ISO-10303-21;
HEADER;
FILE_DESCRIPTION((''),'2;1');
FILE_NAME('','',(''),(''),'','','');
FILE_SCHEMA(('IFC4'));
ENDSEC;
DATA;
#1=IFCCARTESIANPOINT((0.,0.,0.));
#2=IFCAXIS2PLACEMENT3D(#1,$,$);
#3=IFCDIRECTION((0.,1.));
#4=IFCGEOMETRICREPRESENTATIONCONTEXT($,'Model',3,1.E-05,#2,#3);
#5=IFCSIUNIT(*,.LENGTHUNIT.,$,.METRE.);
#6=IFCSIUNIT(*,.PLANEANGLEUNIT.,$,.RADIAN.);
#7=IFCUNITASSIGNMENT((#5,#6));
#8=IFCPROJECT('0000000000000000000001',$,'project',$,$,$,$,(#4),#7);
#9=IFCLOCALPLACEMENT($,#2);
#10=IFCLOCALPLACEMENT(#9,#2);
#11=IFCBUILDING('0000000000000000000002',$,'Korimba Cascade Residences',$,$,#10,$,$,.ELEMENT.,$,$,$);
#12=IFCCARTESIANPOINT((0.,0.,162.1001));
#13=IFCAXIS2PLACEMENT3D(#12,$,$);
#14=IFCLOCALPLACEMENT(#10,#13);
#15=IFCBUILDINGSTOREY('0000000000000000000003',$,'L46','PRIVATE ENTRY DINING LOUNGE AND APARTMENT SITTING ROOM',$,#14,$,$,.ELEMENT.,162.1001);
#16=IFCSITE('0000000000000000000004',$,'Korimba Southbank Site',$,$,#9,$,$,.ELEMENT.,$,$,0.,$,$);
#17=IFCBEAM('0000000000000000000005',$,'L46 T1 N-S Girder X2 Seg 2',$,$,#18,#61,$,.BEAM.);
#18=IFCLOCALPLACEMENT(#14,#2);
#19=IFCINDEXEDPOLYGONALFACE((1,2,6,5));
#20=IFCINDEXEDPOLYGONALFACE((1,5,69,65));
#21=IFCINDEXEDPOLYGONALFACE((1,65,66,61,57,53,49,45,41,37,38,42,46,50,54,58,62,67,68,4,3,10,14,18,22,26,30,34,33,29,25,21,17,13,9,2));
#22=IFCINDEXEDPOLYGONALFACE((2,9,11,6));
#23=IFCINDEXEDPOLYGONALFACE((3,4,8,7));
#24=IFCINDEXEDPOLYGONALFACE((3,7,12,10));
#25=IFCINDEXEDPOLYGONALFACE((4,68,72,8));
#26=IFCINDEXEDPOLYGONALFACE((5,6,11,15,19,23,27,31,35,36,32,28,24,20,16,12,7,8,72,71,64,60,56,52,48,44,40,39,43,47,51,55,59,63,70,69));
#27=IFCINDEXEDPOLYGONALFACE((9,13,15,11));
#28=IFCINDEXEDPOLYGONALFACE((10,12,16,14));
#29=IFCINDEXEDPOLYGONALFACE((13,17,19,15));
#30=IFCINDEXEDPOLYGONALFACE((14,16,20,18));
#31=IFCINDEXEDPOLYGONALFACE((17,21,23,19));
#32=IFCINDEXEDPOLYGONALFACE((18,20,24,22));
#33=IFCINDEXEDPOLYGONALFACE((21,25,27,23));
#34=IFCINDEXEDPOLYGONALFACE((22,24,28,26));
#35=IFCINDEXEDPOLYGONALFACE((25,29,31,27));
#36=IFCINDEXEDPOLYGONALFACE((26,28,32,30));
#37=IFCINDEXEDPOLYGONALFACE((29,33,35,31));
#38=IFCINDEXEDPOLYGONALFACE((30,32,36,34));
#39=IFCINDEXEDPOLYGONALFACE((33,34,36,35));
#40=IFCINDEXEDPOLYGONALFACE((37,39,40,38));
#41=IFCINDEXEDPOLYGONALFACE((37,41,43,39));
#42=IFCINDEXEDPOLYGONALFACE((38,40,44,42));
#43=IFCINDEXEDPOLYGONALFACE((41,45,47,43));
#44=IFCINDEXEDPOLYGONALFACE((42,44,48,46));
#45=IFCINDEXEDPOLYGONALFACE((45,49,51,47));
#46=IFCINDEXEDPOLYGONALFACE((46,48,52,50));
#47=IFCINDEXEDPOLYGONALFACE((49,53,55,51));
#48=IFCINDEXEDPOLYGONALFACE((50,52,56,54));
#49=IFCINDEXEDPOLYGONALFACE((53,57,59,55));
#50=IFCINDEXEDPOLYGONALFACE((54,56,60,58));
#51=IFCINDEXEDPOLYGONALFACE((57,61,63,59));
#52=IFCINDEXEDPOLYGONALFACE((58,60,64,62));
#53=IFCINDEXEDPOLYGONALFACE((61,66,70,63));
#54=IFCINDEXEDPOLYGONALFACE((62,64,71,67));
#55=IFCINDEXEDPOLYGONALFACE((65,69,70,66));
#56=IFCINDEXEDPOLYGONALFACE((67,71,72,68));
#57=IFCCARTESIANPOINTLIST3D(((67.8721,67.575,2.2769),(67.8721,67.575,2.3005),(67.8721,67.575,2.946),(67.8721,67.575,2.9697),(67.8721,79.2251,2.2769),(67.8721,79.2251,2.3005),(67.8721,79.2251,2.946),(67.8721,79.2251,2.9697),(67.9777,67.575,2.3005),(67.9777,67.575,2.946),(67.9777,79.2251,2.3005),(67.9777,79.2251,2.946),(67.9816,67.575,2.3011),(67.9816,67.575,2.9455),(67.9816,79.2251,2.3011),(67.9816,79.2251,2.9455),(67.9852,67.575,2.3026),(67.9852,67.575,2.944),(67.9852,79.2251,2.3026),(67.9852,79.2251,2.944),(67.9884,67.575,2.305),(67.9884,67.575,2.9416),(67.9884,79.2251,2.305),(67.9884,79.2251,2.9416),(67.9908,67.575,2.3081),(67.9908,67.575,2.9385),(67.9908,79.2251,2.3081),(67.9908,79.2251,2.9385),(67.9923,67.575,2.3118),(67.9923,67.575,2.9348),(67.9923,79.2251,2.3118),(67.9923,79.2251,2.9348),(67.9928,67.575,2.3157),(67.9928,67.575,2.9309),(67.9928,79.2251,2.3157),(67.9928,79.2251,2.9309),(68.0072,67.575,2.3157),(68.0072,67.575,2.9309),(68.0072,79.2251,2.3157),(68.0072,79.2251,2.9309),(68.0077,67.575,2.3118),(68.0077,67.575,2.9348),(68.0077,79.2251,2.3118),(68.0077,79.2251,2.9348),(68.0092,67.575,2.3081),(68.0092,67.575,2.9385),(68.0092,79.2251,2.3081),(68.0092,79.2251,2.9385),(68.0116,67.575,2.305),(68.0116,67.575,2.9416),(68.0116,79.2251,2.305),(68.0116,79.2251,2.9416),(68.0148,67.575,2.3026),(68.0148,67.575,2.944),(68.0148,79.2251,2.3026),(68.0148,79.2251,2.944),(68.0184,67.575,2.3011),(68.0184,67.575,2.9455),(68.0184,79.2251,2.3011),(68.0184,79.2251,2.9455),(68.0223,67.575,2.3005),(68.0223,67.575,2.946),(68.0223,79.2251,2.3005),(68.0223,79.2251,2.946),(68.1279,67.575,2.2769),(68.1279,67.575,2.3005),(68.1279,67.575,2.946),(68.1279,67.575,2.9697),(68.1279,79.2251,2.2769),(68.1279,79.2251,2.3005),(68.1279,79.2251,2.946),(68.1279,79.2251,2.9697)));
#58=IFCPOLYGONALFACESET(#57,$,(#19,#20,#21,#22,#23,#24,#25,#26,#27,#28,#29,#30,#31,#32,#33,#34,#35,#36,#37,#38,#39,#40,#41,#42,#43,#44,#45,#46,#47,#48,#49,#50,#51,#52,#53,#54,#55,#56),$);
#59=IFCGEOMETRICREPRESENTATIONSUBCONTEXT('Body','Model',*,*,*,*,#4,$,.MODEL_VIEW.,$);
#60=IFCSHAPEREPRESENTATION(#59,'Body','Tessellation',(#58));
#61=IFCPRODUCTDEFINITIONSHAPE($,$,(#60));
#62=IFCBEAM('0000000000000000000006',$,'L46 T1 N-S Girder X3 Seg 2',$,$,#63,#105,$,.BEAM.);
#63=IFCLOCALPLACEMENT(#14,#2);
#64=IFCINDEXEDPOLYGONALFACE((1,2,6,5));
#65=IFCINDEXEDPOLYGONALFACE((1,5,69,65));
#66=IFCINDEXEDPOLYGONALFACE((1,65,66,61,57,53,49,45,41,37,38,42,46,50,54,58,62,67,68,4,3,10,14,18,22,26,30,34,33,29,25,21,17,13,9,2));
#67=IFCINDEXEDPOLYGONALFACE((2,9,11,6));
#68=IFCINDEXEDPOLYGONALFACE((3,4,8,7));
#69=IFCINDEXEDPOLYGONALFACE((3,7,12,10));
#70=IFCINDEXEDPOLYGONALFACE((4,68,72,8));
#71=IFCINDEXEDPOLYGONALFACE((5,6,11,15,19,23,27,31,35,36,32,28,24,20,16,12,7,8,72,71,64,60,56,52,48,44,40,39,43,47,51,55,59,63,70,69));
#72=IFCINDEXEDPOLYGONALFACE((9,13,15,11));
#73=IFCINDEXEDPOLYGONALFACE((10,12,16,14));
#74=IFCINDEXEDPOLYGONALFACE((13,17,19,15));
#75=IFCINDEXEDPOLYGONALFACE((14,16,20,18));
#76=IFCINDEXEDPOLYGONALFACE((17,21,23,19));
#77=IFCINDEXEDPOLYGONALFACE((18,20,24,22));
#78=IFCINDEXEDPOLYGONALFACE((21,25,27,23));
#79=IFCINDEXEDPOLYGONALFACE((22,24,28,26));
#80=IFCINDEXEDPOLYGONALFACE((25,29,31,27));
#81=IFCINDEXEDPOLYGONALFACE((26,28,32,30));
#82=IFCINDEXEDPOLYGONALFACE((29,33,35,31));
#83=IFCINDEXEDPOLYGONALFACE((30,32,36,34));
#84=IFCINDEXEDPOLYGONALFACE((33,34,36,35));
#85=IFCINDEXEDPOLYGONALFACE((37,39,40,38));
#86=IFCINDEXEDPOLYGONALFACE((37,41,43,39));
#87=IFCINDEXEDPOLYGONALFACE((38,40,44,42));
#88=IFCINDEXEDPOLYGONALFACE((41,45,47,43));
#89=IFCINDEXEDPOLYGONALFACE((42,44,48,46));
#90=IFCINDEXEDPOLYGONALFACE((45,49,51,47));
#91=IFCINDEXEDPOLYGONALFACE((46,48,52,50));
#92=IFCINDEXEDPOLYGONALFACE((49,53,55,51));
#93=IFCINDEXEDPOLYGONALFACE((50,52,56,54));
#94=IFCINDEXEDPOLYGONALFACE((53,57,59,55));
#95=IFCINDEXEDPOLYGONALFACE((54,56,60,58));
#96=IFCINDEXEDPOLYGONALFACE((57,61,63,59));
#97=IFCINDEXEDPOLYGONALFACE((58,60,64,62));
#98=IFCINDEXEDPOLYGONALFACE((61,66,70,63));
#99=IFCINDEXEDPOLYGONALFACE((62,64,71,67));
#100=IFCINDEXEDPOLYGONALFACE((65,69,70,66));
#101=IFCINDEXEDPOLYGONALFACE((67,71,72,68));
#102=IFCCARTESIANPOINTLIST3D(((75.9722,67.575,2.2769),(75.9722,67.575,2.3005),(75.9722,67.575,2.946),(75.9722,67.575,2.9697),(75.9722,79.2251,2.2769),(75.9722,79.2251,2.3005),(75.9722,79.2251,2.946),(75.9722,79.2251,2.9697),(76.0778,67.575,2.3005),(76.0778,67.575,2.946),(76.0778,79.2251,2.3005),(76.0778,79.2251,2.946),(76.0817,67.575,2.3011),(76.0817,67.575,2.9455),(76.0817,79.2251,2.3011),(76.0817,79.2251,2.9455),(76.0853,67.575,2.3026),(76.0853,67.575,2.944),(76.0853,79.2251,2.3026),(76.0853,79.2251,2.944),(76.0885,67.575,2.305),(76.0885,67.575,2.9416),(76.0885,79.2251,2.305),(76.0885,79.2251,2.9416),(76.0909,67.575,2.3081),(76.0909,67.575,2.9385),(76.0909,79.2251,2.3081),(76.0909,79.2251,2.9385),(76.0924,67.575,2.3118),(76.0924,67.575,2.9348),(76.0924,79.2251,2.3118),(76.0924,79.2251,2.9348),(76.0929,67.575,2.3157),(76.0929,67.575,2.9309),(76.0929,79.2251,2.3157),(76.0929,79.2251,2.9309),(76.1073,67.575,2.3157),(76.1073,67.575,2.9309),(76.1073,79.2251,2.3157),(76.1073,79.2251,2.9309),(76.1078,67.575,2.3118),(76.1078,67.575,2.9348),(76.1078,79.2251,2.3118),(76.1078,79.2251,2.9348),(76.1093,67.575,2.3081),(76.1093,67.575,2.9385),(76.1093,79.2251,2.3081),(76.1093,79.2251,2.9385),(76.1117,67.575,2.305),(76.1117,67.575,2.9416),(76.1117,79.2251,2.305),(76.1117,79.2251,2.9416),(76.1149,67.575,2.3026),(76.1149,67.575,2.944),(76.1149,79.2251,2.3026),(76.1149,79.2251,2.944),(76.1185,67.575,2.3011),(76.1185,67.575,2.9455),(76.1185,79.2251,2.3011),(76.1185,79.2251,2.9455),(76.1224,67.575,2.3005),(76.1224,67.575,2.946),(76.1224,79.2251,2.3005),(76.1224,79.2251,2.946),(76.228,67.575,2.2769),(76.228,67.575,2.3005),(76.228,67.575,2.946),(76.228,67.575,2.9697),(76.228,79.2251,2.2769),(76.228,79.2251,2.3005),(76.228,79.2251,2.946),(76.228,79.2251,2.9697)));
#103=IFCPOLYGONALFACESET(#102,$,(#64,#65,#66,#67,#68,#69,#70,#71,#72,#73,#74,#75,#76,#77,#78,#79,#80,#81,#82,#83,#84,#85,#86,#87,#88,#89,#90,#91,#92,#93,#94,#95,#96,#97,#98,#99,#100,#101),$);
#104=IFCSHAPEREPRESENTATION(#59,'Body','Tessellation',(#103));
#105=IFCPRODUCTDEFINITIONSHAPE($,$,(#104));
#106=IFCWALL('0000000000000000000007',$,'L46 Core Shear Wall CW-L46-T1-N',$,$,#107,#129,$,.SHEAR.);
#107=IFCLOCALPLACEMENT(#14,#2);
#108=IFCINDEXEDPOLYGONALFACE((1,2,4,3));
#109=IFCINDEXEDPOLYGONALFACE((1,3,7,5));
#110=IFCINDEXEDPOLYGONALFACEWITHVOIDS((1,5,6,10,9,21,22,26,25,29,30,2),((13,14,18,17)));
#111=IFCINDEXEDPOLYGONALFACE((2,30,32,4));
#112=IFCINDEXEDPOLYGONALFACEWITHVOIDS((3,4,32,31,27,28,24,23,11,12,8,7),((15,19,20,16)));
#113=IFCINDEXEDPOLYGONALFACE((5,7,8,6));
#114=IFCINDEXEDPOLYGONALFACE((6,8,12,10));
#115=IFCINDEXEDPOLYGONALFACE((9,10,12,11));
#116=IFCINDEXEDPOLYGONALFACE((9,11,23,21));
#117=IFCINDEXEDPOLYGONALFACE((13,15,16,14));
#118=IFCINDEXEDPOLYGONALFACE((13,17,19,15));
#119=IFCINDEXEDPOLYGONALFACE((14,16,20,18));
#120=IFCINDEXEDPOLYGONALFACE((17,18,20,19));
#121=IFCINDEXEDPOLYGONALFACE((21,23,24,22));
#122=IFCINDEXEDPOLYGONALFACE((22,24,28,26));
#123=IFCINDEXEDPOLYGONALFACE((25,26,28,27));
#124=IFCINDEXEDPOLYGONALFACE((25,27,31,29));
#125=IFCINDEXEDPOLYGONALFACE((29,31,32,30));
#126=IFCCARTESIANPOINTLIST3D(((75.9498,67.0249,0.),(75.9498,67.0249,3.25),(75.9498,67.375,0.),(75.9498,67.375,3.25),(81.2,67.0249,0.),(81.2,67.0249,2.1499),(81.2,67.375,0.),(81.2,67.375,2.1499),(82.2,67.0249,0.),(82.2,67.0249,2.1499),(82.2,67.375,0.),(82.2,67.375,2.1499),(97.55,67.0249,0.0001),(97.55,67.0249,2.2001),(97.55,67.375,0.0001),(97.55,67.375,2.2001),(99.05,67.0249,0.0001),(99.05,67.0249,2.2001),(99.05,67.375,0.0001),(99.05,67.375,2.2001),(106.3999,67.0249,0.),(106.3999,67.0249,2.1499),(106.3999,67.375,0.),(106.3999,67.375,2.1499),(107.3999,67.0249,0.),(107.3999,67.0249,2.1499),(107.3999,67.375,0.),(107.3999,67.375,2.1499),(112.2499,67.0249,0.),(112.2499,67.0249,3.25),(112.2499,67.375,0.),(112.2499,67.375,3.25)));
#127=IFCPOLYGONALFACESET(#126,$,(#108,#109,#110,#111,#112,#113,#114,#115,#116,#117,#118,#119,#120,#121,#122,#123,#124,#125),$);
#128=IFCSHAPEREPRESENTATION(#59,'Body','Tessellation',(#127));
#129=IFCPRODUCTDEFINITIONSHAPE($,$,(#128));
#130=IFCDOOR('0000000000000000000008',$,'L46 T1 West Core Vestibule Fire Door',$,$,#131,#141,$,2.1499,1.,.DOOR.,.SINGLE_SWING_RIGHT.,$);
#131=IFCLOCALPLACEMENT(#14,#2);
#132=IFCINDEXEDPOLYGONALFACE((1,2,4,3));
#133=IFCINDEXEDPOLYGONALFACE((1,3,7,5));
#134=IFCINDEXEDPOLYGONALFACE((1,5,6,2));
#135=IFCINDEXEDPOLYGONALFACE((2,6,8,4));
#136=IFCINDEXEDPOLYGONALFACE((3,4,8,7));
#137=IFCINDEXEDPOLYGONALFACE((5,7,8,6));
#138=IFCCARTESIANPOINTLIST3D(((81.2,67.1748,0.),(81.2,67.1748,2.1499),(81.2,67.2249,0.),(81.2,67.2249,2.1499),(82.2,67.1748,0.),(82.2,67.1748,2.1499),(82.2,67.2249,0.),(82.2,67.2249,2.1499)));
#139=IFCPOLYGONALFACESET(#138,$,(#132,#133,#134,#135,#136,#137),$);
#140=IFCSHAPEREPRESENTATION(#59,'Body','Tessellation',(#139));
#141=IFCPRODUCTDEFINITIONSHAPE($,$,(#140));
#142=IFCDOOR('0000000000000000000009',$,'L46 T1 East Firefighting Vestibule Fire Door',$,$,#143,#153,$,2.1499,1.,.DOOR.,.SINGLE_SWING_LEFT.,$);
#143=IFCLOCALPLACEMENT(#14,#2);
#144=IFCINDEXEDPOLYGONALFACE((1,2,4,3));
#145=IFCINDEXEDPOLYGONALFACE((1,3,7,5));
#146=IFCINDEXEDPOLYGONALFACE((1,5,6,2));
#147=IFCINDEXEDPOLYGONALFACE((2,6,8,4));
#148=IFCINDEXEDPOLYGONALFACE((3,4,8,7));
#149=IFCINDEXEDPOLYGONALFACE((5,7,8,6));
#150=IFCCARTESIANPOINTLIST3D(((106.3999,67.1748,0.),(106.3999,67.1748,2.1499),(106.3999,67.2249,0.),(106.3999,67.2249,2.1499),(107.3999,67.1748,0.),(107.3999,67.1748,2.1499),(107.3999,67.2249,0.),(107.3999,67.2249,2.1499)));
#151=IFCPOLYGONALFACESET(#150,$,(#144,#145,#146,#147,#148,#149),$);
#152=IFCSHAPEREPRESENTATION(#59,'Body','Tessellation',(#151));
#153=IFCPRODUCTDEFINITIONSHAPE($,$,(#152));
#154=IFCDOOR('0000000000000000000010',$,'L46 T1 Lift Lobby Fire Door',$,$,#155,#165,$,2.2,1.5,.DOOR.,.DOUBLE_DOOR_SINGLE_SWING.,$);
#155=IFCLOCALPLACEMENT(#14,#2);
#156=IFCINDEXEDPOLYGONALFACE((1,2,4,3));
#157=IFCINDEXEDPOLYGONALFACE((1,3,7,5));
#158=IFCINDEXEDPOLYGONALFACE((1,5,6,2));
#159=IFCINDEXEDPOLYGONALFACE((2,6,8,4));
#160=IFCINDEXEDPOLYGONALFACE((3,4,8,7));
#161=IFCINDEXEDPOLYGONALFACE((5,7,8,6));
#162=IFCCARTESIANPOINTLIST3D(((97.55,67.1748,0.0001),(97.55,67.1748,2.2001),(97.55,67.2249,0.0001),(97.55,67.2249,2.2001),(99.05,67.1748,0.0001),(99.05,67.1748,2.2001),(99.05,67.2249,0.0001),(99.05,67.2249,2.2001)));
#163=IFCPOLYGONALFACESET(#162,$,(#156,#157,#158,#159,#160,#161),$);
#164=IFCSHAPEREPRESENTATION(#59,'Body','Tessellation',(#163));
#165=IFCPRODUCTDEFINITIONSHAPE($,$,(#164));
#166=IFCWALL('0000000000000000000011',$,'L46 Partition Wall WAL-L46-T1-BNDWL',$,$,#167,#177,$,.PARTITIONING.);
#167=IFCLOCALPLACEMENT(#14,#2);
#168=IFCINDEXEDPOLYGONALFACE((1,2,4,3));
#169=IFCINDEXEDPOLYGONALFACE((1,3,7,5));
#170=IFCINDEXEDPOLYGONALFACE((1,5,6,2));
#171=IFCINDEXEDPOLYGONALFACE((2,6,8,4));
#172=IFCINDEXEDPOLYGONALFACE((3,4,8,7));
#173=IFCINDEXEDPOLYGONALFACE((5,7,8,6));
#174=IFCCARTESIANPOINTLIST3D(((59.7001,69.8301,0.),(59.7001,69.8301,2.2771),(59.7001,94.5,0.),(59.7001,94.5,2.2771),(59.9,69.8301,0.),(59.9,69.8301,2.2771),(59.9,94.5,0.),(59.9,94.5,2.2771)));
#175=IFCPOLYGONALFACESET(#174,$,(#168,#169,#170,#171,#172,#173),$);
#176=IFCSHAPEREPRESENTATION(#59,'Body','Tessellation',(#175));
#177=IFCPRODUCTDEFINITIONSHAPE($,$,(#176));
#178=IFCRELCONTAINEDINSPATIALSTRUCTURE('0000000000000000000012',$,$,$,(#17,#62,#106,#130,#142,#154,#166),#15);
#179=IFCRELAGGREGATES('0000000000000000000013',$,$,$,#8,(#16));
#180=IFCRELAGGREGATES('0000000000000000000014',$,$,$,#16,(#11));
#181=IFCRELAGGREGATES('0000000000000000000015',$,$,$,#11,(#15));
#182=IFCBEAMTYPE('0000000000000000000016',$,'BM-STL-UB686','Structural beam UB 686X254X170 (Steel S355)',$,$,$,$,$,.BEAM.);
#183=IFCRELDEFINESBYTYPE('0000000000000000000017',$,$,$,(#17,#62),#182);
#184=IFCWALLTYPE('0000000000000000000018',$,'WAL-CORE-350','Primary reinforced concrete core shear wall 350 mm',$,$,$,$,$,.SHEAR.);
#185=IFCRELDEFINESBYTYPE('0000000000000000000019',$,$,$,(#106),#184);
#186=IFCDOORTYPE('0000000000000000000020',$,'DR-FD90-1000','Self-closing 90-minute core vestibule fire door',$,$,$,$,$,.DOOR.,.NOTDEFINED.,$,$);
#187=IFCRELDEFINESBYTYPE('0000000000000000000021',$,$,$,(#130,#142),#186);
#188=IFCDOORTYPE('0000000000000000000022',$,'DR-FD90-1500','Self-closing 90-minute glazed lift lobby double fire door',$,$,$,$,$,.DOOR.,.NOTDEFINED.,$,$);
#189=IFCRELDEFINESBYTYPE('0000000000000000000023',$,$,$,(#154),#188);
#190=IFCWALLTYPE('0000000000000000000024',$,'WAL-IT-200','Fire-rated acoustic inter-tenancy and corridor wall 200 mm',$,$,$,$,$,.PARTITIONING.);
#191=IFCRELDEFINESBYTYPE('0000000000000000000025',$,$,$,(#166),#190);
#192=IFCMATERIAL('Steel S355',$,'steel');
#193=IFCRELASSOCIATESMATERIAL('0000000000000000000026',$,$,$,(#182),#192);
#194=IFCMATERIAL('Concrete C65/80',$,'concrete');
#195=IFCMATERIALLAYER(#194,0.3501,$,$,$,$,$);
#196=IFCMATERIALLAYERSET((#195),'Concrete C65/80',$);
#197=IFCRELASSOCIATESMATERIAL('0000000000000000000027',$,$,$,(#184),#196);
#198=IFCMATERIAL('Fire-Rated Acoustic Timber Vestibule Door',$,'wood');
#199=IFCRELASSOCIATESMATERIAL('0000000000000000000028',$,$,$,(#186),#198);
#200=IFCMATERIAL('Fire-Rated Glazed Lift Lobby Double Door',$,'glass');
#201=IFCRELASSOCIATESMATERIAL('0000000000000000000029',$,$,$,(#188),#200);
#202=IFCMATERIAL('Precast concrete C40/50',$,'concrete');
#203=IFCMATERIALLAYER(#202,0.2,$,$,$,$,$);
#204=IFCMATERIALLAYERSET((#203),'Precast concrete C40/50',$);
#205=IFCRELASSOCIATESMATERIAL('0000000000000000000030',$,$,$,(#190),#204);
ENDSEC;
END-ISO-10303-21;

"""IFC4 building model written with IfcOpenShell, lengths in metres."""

from ifc_helpers import new_model, si_unit, direction, frame, frame_2d, origin, origin_2d, place, context, subcontext, project, spatial, rectangle, i_section, extrude, material, layer, layer_set, material_profile, profile_set, type_object, element, fill, save


model = new_model("IFC4")

# Units and contexts
model_context = context("Model", 3, precision=1e-05, world=origin(), true_north=direction((0.0, 1.0)))
body_context = subcontext(model_context, "Body", "Model", "MODEL_VIEW")
ifc_project = project(units=[si_unit("LENGTHUNIT", "METRE"), si_unit("PLANEANGLEUNIT", "RADIAN")], contexts=[model_context])

# Site, building, storey
site_placement = place(None, origin())
site = spatial("IfcSite", under=ifc_project, at=site_placement, Name="Korimba Southbank Site", CompositionType="ELEMENT", RefElevation=0.0)
building_placement = place(site_placement, origin())
building = spatial("IfcBuilding", under=site, at=building_placement, Name="Korimba Cascade Residences", CompositionType="ELEMENT")
storey_placement = place(building_placement, frame((0.0, 0.0, 162.1001)))
storey = spatial("IfcBuildingStorey", under=building, at=storey_placement, Name="L46", Description="PRIVATE ENTRY DINING LOUNGE AND APARTMENT SITTING ROOM", CompositionType="ELEMENT", Elevation=162.1001)

# Shared definitions
ifc_material_1 = material(Name="Concrete C65/80", Category="concrete")

# Beams
ifc_material_2 = material(Name="Steel S355", Category="steel")
ifc_material_profile_1 = material_profile(ifc_material_2, i_section(OverallWidth=0.2559, OverallDepth=0.6929, WebThickness=0.0144, FlangeThickness=0.0237, FilletRadius=0.0151, at=origin_2d()), Name="Steel S355")
ifc_profile_set_1 = profile_set([ifc_material_profile_1], Name="Steel S355")
beam_type_1 = type_object("IfcBeamType", Name="BM-STL-UB686", Description="Structural beam UB 686X254X170 (Steel S355)", PredefinedType="BEAM", material=ifc_profile_set_1)
for number, where, z_axis, x_axis, name in (
    (1, (68.0, 67.575, 2.6233), (0.0, 1.0, 0.0), (-1.0, 0.0, 0.0), "L46 T1 N-S Girder X2 Seg 2"),
    (2, (76.1001, 67.575, 2.6233), (0.0, 1.0, 0.0), (-1.0, 0.0, 0.0), "L46 T1 N-S Girder X3 Seg 2"),
):
    element("IfcBeam", number, at=place(storey_placement, frame(where, z_axis=z_axis, x_axis=x_axis)), inside=storey, type_object=beam_type_1, Name=name, PredefinedType="BEAM", context=body_context, shape_type="SweptSolid", body=[
        extrude(i_section(OverallWidth=0.2559, OverallDepth=0.6929, WebThickness=0.0144, FlangeThickness=0.0237, FilletRadius=0.0151, at=origin_2d()), origin(), (0.0, 0.0, 1.0), 11.6501),
    ])

# Wall, openings, doors
ifc_layer_1 = layer(ifc_material_1, 0.3501)
ifc_layer_set_1 = layer_set([ifc_layer_1], Name="Concrete C65/80")
wall_type_1 = type_object("IfcWallType", Name="WAL-CORE-350", Description="Primary reinforced concrete core shear wall 350 mm", PredefinedType="SHEAR", material=ifc_layer_set_1)
wall_1_placement = place(storey_placement, frame((75.95, 67.2, 0.0), z_axis=(0.0, 0.0, 1.0), x_axis=(1.0, 0.0, 0.0)))
wall_1 = element("IfcWall", 3, at=wall_1_placement, inside=storey, type_object=wall_type_1, Name="L46 Core Shear Wall CW-L46-T1-N", PredefinedType="SHEAR", context=body_context, shape_type="SweptSolid", body=[
    extrude(rectangle(XDim=36.3, YDim=0.3501, at=frame_2d((18.1499, 0.0))), origin(), (0.0, 0.0, 1.0), 3.25),
])
opening_1_placement = place(wall_1_placement, frame((5.25, 0.0, 0.0)))
opening_1 = element("IfcOpeningElement", 4, at=opening_1_placement, cuts=wall_1, PredefinedType="OPENING", context=body_context, shape_type="SweptSolid", body=[
    extrude(rectangle(XDim=1.0, YDim=2.1499, at=frame_2d((0.5, 1.075))), frame((0.0, 0.1851, 0.0), z_axis=(0.0, -1.0, 0.0), x_axis=(1.0, 0.0, 0.0)), (0.0, 0.0, 1.0), 0.3701),
])
opening_2_placement = place(wall_1_placement, frame((21.6001, 0.0, 0.0)))
opening_2 = element("IfcOpeningElement", 5, at=opening_2_placement, cuts=wall_1, PredefinedType="OPENING", context=body_context, shape_type="SweptSolid", body=[
    extrude(rectangle(XDim=1.5, YDim=2.2, at=frame_2d((0.75, 1.1001))), frame((0.0, 0.1851, 0.0), z_axis=(0.0, -1.0, 0.0), x_axis=(1.0, 0.0, 0.0)), (0.0, 0.0, 1.0), 0.3701),
])
opening_3_placement = place(wall_1_placement, frame((30.45, 0.0, 0.0)))
opening_3 = element("IfcOpeningElement", 6, at=opening_3_placement, cuts=wall_1, PredefinedType="OPENING", context=body_context, shape_type="SweptSolid", body=[
    extrude(rectangle(XDim=1.0, YDim=2.1499, at=frame_2d((0.5, 1.075))), frame((0.0, 0.1851, 0.0), z_axis=(0.0, -1.0, 0.0), x_axis=(1.0, 0.0, 0.0)), (0.0, 0.0, 1.0), 0.3701),
])
ifc_material_3 = material(Name="Fire-Rated Acoustic Timber Vestibule Door", Category="wood")
door_type_1 = type_object("IfcDoorType", Name="DR-FD90-1000", Description="Self-closing 90-minute core vestibule fire door", OperationType="NOTDEFINED", PredefinedType="DOOR", material=ifc_material_3)
door_1_placement = place(opening_1_placement, origin())
door_1 = element("IfcDoor", 7, at=door_1_placement, inside=storey, type_object=door_type_1, Name="L46 T1 West Core Vestibule Fire Door", OperationType="SINGLE_SWING_RIGHT", OverallHeight=2.1499, OverallWidth=1.0, PredefinedType="DOOR", context=body_context, shape_type="SweptSolid", body=[
    extrude(rectangle(XDim=1.0, YDim=2.1499, at=frame_2d((0.5, 1.075))), frame((0.0, 0.0249, 0.0), z_axis=(0.0, -1.0, 0.0), x_axis=(1.0, 0.0, 0.0)), (0.0, 0.0, 1.0), 0.05),
])
fill(opening_1, door_1)
door_2_placement = place(opening_3_placement, origin())
door_2 = element("IfcDoor", 8, at=door_2_placement, inside=storey, type_object=door_type_1, Name="L46 T1 East Firefighting Vestibule Fire Door", OperationType="SINGLE_SWING_LEFT", OverallHeight=2.1499, OverallWidth=1.0, PredefinedType="DOOR", context=body_context, shape_type="SweptSolid", body=[
    extrude(rectangle(XDim=1.0, YDim=2.1499, at=frame_2d((0.5, 1.075))), frame((0.0, 0.0249, 0.0), z_axis=(0.0, -1.0, 0.0), x_axis=(1.0, 0.0, 0.0)), (0.0, 0.0, 1.0), 0.05),
])
fill(opening_3, door_2)
ifc_material_4 = material(Name="Fire-Rated Glazed Lift Lobby Double Door", Category="glass")
door_type_2 = type_object("IfcDoorType", Name="DR-FD90-1500", Description="Self-closing 90-minute glazed lift lobby double fire door", OperationType="NOTDEFINED", PredefinedType="DOOR", material=ifc_material_4)
door_3_placement = place(opening_2_placement, origin())
door_3 = element("IfcDoor", 9, at=door_3_placement, inside=storey, type_object=door_type_2, Name="L46 T1 Lift Lobby Fire Door", OperationType="DOUBLE_DOOR_SINGLE_SWING", OverallHeight=2.2, OverallWidth=1.5, PredefinedType="DOOR", context=body_context, shape_type="SweptSolid", body=[
    extrude(rectangle(XDim=1.5, YDim=2.2, at=frame_2d((0.75, 1.1001))), frame((0.0, 0.0249, 0.0), z_axis=(0.0, -1.0, 0.0), x_axis=(1.0, 0.0, 0.0)), (0.0, 0.0, 1.0), 0.05),
])
fill(opening_2, door_3)

# Wall
ifc_material_5 = material(Name="Precast concrete C40/50", Category="concrete")
ifc_layer_2 = layer(ifc_material_5, 0.2)
ifc_layer_set_2 = layer_set([ifc_layer_2], Name="Precast concrete C40/50")
wall_type_2 = type_object("IfcWallType", Name="WAL-IT-200", Description="Fire-rated acoustic inter-tenancy and corridor wall 200 mm", PredefinedType="PARTITIONING", material=ifc_layer_set_2)
wall_2_placement = place(storey_placement, frame((59.8, 69.8301, 0.0), z_axis=(0.0, 0.0, 1.0), x_axis=(0.0, 1.0, 0.0)))
element("IfcWall", 10, at=wall_2_placement, inside=storey, type_object=wall_type_2, Name="L46 Partition Wall WAL-L46-T1-BNDWL", PredefinedType="PARTITIONING", context=body_context, shape_type="SweptSolid", body=[
    extrude(rectangle(XDim=24.6699, YDim=0.2, at=frame_2d((12.335, 0.0))), origin(), (0.0, 0.0, 1.0), 2.2771),
])

save(model, "model.ifc")
